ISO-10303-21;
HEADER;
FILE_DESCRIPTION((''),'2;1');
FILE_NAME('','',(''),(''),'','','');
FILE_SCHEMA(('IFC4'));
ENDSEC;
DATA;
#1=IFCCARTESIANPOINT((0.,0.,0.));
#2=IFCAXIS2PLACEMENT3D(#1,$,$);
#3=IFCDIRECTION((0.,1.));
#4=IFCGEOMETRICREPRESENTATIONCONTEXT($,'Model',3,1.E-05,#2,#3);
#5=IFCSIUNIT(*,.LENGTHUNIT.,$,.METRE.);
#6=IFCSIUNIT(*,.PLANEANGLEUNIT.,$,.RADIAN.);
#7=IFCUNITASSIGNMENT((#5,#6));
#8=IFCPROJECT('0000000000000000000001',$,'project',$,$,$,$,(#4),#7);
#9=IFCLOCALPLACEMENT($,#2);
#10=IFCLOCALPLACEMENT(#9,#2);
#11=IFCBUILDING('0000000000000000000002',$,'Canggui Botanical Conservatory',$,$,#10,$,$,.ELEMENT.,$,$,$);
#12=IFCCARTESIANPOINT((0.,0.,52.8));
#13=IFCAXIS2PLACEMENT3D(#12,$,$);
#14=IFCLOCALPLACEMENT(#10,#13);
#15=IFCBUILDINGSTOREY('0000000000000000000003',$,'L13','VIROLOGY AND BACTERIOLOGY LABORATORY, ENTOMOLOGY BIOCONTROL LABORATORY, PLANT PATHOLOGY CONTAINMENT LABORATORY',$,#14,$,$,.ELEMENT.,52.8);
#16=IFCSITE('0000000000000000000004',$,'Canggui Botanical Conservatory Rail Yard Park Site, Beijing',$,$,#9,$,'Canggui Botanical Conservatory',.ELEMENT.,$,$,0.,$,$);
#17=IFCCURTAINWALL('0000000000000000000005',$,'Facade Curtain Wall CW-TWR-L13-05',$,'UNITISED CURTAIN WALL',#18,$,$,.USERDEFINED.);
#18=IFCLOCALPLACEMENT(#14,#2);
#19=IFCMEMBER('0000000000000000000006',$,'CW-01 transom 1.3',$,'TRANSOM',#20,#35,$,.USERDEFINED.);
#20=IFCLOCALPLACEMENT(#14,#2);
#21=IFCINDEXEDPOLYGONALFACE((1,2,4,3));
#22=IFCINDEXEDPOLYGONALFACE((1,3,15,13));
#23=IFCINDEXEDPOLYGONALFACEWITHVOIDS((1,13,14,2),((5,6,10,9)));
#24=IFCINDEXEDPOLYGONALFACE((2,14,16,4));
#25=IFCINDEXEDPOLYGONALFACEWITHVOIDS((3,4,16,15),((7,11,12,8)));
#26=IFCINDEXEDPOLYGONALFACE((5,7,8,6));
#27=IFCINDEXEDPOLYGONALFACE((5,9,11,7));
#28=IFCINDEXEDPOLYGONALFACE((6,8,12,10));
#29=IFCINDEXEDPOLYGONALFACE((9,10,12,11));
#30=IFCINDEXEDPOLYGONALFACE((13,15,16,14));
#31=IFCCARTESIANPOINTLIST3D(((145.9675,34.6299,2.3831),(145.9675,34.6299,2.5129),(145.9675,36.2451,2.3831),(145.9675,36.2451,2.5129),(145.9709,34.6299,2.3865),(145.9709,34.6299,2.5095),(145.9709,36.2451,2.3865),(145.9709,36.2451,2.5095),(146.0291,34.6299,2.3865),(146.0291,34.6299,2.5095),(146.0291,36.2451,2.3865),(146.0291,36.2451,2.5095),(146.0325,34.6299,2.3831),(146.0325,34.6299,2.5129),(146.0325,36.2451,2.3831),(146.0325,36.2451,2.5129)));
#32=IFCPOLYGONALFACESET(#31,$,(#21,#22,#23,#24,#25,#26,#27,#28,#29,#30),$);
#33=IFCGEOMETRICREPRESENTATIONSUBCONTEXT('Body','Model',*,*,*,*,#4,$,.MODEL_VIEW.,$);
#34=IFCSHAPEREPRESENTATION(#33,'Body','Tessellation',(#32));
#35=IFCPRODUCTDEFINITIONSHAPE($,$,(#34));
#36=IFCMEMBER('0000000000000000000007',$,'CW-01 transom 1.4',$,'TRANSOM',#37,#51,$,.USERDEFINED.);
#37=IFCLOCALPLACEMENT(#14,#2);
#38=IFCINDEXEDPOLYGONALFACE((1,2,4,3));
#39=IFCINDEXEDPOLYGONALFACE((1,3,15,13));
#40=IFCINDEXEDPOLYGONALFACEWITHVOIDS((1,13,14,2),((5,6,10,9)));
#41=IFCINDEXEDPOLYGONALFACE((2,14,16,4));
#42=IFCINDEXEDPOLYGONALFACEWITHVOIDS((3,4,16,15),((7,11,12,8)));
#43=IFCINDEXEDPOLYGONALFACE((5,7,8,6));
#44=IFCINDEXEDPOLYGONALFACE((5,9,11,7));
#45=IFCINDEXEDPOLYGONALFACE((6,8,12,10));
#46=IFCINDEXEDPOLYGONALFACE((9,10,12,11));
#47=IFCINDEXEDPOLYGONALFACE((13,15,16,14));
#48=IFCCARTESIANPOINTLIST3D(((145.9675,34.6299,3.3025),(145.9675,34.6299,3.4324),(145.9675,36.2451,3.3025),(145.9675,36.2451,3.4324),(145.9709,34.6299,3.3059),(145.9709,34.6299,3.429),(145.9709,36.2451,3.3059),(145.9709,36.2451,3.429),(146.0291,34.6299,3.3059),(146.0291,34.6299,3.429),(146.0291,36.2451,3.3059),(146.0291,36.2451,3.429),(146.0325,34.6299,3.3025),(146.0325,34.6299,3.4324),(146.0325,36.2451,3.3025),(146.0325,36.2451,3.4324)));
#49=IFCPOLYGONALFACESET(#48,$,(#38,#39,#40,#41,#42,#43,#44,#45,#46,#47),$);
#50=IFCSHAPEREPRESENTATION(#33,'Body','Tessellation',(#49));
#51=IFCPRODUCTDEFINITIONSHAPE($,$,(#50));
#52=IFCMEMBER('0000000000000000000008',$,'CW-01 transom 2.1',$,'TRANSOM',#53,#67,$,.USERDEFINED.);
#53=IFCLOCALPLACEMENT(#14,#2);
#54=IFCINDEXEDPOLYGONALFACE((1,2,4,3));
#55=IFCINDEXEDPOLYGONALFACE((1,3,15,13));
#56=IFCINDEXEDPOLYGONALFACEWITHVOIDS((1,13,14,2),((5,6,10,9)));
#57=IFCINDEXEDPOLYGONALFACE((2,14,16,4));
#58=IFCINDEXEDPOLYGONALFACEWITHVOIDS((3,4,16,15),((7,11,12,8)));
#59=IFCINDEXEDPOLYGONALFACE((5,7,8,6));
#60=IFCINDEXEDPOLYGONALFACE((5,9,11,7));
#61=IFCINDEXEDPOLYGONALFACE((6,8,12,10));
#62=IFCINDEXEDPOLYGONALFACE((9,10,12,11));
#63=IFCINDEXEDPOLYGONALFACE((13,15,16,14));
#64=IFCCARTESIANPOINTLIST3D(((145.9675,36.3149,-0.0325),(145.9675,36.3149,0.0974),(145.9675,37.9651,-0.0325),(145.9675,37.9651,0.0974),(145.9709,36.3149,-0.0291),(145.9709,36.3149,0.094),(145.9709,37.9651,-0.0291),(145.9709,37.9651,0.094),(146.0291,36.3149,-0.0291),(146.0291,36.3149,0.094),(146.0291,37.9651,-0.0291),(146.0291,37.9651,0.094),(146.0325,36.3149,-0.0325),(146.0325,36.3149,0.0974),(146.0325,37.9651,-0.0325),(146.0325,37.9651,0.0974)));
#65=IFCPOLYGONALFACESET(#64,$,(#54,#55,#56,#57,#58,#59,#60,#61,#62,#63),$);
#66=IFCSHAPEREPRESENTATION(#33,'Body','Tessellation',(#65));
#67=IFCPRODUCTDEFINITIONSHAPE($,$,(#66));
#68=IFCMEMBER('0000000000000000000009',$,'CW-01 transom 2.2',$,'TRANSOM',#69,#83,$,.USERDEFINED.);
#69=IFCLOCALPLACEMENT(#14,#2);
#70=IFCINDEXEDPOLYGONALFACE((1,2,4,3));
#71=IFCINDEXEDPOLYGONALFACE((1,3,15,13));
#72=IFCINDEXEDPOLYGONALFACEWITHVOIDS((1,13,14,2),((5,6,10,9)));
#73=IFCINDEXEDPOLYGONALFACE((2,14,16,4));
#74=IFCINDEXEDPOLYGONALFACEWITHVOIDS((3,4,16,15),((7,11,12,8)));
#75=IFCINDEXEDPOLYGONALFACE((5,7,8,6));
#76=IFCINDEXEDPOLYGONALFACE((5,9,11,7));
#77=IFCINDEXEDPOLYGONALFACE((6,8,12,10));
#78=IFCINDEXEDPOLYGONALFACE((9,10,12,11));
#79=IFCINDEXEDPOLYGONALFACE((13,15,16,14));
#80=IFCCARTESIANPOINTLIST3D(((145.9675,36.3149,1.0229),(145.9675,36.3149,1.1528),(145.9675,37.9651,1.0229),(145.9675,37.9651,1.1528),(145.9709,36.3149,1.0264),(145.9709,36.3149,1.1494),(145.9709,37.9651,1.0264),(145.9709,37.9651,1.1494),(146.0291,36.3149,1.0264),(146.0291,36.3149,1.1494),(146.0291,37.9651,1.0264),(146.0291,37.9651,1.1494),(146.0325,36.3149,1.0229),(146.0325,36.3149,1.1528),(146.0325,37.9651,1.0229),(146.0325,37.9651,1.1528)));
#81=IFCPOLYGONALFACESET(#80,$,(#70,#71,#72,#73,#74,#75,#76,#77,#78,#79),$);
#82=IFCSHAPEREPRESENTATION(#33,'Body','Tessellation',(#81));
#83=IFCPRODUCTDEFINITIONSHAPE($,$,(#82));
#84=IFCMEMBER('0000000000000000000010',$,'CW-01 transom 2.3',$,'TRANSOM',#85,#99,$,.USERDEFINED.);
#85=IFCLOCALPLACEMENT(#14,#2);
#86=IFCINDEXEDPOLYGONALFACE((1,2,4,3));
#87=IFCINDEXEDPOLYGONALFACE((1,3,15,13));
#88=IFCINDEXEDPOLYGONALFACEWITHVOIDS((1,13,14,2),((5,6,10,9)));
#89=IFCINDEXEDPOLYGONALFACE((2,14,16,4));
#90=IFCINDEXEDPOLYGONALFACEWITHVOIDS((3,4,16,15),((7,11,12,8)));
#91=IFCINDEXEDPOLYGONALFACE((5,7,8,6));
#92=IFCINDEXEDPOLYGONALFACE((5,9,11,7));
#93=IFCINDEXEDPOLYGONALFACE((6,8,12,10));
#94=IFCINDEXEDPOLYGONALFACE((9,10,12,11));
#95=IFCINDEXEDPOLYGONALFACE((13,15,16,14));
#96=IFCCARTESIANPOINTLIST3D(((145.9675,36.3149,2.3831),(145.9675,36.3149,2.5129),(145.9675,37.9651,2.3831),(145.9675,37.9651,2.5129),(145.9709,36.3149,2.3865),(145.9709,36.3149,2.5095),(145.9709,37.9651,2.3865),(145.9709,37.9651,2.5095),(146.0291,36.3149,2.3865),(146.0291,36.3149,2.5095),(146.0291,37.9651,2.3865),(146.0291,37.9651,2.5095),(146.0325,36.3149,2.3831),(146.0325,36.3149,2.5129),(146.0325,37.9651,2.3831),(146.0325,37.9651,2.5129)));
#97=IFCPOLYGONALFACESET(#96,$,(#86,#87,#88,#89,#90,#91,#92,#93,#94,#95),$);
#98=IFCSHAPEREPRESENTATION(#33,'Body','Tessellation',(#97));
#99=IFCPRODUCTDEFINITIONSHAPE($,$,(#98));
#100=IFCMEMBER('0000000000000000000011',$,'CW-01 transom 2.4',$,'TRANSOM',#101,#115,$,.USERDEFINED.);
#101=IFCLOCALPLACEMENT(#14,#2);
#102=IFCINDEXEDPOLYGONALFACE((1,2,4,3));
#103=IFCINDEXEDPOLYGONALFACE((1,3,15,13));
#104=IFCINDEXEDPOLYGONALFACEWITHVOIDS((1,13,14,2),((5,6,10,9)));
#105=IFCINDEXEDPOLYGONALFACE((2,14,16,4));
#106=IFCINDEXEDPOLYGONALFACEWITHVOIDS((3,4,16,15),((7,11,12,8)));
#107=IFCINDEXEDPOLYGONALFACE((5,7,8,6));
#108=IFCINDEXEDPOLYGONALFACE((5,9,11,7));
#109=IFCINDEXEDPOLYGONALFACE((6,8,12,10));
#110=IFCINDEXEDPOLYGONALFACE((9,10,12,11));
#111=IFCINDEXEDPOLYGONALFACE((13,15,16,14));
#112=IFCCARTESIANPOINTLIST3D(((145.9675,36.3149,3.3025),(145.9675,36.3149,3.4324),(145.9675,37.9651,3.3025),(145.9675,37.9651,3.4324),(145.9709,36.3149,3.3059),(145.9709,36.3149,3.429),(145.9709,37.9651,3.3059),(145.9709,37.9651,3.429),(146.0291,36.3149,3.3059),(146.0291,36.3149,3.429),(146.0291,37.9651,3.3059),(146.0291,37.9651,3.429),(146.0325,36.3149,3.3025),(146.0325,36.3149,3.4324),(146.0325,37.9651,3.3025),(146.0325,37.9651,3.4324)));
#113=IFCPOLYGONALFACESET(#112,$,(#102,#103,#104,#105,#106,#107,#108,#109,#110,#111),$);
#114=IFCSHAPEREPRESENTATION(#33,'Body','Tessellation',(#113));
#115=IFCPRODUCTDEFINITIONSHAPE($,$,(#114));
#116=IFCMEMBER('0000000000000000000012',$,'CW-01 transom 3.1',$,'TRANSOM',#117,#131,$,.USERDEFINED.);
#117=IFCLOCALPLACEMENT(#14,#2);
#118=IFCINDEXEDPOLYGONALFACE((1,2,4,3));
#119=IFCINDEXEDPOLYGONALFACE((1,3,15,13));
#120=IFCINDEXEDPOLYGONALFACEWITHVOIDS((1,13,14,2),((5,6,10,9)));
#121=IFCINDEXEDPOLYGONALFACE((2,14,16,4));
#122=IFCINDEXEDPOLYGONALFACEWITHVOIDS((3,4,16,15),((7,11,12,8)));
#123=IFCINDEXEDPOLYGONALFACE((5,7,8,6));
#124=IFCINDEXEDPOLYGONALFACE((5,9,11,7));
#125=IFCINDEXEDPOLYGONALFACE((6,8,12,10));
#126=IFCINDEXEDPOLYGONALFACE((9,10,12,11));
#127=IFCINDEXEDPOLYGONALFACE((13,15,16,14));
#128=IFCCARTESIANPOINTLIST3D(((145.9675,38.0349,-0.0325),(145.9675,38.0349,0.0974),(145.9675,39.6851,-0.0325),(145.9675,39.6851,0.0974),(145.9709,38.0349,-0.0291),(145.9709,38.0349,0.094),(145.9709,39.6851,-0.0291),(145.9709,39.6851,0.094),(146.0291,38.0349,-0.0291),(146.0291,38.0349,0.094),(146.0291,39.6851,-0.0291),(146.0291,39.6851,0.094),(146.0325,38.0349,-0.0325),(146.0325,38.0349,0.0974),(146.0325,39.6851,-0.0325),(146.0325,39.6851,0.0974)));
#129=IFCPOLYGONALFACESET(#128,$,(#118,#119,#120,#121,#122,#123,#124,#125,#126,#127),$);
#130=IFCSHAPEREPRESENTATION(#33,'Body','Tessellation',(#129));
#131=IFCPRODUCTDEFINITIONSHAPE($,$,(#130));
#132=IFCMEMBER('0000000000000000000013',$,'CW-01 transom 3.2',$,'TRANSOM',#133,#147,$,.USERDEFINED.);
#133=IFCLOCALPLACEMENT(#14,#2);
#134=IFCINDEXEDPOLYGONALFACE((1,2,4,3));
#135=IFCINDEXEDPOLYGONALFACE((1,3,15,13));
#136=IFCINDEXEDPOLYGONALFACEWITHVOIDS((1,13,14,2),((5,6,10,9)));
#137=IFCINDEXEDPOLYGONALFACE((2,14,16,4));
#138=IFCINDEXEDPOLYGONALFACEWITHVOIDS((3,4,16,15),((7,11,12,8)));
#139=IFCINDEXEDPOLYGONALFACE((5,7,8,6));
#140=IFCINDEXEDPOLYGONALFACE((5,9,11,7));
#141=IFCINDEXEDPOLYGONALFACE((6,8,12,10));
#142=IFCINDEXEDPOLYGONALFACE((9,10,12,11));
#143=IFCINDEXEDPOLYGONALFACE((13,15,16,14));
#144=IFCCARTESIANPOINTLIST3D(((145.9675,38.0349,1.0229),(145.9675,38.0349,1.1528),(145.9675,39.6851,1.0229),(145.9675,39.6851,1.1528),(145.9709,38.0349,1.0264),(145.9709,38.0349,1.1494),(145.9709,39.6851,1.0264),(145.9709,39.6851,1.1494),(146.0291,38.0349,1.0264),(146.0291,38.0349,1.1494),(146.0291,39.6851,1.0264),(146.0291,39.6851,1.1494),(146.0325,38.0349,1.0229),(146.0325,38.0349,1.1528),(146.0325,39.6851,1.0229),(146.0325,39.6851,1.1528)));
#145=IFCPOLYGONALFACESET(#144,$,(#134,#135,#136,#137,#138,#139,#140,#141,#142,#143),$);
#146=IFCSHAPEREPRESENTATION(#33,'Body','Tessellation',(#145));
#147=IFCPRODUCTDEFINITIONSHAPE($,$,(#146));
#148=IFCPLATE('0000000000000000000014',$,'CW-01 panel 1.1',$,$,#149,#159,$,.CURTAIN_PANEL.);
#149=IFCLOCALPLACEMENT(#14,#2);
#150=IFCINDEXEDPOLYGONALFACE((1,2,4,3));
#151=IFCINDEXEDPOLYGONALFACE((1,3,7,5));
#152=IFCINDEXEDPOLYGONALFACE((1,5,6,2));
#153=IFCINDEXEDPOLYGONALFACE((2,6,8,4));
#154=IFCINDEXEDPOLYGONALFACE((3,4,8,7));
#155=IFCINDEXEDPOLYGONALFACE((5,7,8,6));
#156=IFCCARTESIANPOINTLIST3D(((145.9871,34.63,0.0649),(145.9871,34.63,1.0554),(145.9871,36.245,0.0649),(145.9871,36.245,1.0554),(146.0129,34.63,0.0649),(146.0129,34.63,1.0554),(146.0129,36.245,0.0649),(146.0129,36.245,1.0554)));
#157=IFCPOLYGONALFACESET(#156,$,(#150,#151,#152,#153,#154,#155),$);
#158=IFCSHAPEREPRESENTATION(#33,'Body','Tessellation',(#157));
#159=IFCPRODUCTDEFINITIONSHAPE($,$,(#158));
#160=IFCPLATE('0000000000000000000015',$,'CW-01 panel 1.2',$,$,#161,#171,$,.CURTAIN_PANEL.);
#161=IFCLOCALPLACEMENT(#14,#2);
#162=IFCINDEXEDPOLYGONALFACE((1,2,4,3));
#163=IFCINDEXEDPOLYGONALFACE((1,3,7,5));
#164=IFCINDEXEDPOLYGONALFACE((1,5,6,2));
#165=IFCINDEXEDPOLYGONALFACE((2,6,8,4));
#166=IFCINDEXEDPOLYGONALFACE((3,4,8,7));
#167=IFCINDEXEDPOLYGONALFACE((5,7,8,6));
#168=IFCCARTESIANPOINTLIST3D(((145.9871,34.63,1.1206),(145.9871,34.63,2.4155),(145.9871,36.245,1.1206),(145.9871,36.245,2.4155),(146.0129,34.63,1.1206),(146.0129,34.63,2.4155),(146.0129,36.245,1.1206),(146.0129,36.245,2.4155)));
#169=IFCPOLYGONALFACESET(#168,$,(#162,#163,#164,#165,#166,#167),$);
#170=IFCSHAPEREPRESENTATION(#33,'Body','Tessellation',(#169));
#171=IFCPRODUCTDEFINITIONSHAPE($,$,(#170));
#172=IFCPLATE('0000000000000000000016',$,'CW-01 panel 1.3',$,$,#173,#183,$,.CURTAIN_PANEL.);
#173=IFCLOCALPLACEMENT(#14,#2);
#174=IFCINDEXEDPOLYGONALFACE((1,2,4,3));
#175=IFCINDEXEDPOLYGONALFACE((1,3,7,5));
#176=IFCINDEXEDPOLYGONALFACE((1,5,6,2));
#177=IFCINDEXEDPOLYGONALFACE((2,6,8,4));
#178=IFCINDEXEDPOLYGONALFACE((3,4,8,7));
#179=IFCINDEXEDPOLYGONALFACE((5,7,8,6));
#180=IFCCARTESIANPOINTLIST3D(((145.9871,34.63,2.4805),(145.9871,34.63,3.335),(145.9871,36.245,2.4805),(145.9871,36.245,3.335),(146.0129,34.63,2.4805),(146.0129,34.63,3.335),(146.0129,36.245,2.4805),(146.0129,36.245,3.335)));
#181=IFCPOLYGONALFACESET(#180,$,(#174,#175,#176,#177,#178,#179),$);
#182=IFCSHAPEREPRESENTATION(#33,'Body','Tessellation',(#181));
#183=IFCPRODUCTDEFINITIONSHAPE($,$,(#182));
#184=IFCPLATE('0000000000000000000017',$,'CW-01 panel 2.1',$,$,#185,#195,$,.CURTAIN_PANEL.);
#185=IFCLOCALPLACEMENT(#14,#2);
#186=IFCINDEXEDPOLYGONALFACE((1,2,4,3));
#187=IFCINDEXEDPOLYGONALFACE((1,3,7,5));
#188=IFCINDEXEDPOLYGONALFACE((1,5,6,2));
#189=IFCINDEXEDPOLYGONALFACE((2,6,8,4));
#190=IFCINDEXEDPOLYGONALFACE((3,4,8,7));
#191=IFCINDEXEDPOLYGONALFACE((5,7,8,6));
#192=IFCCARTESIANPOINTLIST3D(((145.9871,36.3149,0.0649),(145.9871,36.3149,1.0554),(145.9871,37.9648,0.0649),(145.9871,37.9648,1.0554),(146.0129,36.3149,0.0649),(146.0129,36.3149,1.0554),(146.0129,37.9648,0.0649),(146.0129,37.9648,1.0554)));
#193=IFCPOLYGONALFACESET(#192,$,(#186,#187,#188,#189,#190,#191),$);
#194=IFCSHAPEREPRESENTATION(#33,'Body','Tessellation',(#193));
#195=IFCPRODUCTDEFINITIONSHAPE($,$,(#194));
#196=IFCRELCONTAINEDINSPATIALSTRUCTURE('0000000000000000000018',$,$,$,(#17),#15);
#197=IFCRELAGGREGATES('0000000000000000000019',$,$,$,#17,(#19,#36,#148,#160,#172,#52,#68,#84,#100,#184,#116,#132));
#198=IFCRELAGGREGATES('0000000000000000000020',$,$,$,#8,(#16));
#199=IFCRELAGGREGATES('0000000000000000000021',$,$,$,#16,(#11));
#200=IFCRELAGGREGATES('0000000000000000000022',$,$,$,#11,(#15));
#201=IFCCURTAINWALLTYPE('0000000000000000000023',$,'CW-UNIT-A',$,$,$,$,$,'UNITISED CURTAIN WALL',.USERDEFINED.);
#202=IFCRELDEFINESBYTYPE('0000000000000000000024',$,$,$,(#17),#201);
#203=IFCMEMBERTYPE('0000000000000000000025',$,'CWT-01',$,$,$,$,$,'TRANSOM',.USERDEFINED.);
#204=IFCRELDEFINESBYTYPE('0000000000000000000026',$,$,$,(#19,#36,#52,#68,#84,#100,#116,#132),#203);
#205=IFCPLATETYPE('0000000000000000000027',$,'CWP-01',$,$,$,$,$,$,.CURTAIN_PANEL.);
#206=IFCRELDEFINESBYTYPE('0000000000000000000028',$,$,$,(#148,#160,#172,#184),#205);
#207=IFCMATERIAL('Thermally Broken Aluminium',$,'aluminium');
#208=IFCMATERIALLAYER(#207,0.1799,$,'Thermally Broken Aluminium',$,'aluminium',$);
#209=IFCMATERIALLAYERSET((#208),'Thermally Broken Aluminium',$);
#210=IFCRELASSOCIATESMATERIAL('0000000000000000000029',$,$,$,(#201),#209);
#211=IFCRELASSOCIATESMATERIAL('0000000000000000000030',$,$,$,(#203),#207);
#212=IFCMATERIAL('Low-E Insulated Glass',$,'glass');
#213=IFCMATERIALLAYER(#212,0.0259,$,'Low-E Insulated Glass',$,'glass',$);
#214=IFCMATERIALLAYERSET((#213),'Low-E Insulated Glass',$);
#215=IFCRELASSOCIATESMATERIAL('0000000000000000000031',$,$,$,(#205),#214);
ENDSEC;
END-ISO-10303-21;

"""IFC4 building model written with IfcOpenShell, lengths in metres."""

from ifc_helpers import new_model, si_unit, direction, frame, origin, origin_2d, place, context, subcontext, project, spatial, rectangle, hollow_rectangle, extrude, material, layer, layer_set, material_profile, profile_set, type_object, element, aggregate, save


model = new_model("IFC4")

# Units and contexts
model_context = context("Model", 3, precision=1e-05, world=origin(), true_north=direction((0.0, 1.0)))
body_context = subcontext(model_context, "Body", "Model", "MODEL_VIEW")
ifc_project = project(units=[si_unit("LENGTHUNIT", "METRE"), si_unit("PLANEANGLEUNIT", "RADIAN")], contexts=[model_context])

# Site, building, storey
site_placement = place(None, origin())
site = spatial("IfcSite", under=ifc_project, at=site_placement, Name="Canggui Botanical Conservatory Rail Yard Park Site, Beijing", LongName="Canggui Botanical Conservatory", CompositionType="ELEMENT", RefElevation=0.0)
building_placement = place(site_placement, origin())
building = spatial("IfcBuilding", under=site, at=building_placement, Name="Canggui Botanical Conservatory", CompositionType="ELEMENT")
storey_placement = place(building_placement, frame((0.0, 0.0, 52.8)))
storey = spatial("IfcBuildingStorey", under=building, at=storey_placement, Name="L13", Description="VIROLOGY AND BACTERIOLOGY LABORATORY, ENTOMOLOGY BIOCONTROL LABORATORY, PLANT PATHOLOGY CONTAINMENT LABORATORY", CompositionType="ELEMENT", Elevation=52.8)

# Curtain wall, members, plates
ifc_material_1 = material(Name="Thermally Broken Aluminium", Category="aluminium")
ifc_layer_1 = layer(ifc_material_1, 0.1799, Name="Thermally Broken Aluminium", Category="aluminium")
ifc_layer_set_1 = layer_set([ifc_layer_1], Name="Thermally Broken Aluminium")
curtain_wall_type = type_object("IfcCurtainWallType", Name="CW-UNIT-A", ElementType="UNITISED CURTAIN WALL", PredefinedType="USERDEFINED", material=ifc_layer_set_1)
curtain_wall_placement = place(storey_placement, origin())
curtain_wall = element("IfcCurtainWall", 1, at=curtain_wall_placement, inside=storey, type_object=curtain_wall_type, Name="Facade Curtain Wall CW-TWR-L13-05", ObjectType="UNITISED CURTAIN WALL", PredefinedType="USERDEFINED")
ifc_material_profile_1 = material_profile(ifc_material_1, hollow_rectangle(XDim=0.0649, YDim=0.1299, WallThickness=0.0034, at=origin_2d()), Name="CWT 65x130x3.5")
ifc_profile_set_1 = profile_set([ifc_material_profile_1], Name="Thermally Broken Aluminium")
member_type_1 = type_object("IfcMemberType", Name="CWT-01", ElementType="TRANSOM", PredefinedType="USERDEFINED", material=ifc_profile_set_1)
member_1_placement = place(storey_placement, frame((146.0, 34.6299, 2.448), z_axis=(0.0, 1.0, 0.0), x_axis=(-1.0, 0.0, 0.0)))
member_1 = element("IfcMember", 2, at=member_1_placement, type_object=member_type_1, Name="CW-01 transom 1.3", ObjectType="TRANSOM", PredefinedType="USERDEFINED", context=body_context, shape_type="SweptSolid", body=[
    extrude(hollow_rectangle(XDim=0.0649, YDim=0.1299, WallThickness=0.0034, at=origin_2d()), origin(), (0.0, 0.0, 1.0), 1.6152),
])
member_2_placement = place(storey_placement, frame((146.0, 34.6299, 3.3674), z_axis=(0.0, 1.0, 0.0), x_axis=(-1.0, 0.0, 0.0)))
member_2 = element("IfcMember", 3, at=member_2_placement, type_object=member_type_1, Name="CW-01 transom 1.4", ObjectType="TRANSOM", PredefinedType="USERDEFINED", context=body_context, shape_type="SweptSolid", body=[
    extrude(hollow_rectangle(XDim=0.0649, YDim=0.1299, WallThickness=0.0034, at=origin_2d()), origin(), (0.0, 0.0, 1.0), 1.6152),
])
member_3_placement = place(storey_placement, frame((146.0, 36.3149, 0.0325), z_axis=(0.0, 1.0, 0.0), x_axis=(-1.0, 0.0, 0.0)))
member_3 = element("IfcMember", 4, at=member_3_placement, type_object=member_type_1, Name="CW-01 transom 2.1", ObjectType="TRANSOM", PredefinedType="USERDEFINED", context=body_context, shape_type="SweptSolid", body=[
    extrude(hollow_rectangle(XDim=0.0649, YDim=0.1299, WallThickness=0.0034, at=origin_2d()), origin(), (0.0, 0.0, 1.0), 1.6501),
])
member_4_placement = place(storey_placement, frame((146.0, 36.3149, 1.0879), z_axis=(0.0, 1.0, 0.0), x_axis=(-1.0, 0.0, 0.0)))
member_4 = element("IfcMember", 5, at=member_4_placement, type_object=member_type_1, Name="CW-01 transom 2.2", ObjectType="TRANSOM", PredefinedType="USERDEFINED", context=body_context, shape_type="SweptSolid", body=[
    extrude(hollow_rectangle(XDim=0.0649, YDim=0.1299, WallThickness=0.0034, at=origin_2d()), origin(), (0.0, 0.0, 1.0), 1.6501),
])
member_5_placement = place(storey_placement, frame((146.0, 36.3149, 2.448), z_axis=(0.0, 1.0, 0.0), x_axis=(-1.0, 0.0, 0.0)))
member_5 = element("IfcMember", 6, at=member_5_placement, type_object=member_type_1, Name="CW-01 transom 2.3", ObjectType="TRANSOM", PredefinedType="USERDEFINED", context=body_context, shape_type="SweptSolid", body=[
    extrude(hollow_rectangle(XDim=0.0649, YDim=0.1299, WallThickness=0.0034, at=origin_2d()), origin(), (0.0, 0.0, 1.0), 1.6501),
])
member_6_placement = place(storey_placement, frame((146.0, 36.3149, 3.3674), z_axis=(0.0, 1.0, 0.0), x_axis=(-1.0, 0.0, 0.0)))
member_6 = element("IfcMember", 7, at=member_6_placement, type_object=member_type_1, Name="CW-01 transom 2.4", ObjectType="TRANSOM", PredefinedType="USERDEFINED", context=body_context, shape_type="SweptSolid", body=[
    extrude(hollow_rectangle(XDim=0.0649, YDim=0.1299, WallThickness=0.0034, at=origin_2d()), origin(), (0.0, 0.0, 1.0), 1.6501),
])
member_7_placement = place(storey_placement, frame((146.0, 38.0349, 0.0325), z_axis=(0.0, 1.0, 0.0), x_axis=(-1.0, 0.0, 0.0)))
member_7 = element("IfcMember", 8, at=member_7_placement, type_object=member_type_1, Name="CW-01 transom 3.1", ObjectType="TRANSOM", PredefinedType="USERDEFINED", context=body_context, shape_type="SweptSolid", body=[
    extrude(hollow_rectangle(XDim=0.0649, YDim=0.1299, WallThickness=0.0034, at=origin_2d()), origin(), (0.0, 0.0, 1.0), 1.6501),
])
member_8_placement = place(storey_placement, frame((146.0, 38.0349, 1.0879), z_axis=(0.0, 1.0, 0.0), x_axis=(-1.0, 0.0, 0.0)))
member_8 = element("IfcMember", 9, at=member_8_placement, type_object=member_type_1, Name="CW-01 transom 3.2", ObjectType="TRANSOM", PredefinedType="USERDEFINED", context=body_context, shape_type="SweptSolid", body=[
    extrude(hollow_rectangle(XDim=0.0649, YDim=0.1299, WallThickness=0.0034, at=origin_2d()), origin(), (0.0, 0.0, 1.0), 1.6501),
])
ifc_material_2 = material(Name="Low-E Insulated Glass", Category="glass")
ifc_layer_2 = layer(ifc_material_2, 0.0259, Name="Low-E Insulated Glass", Category="glass")
ifc_layer_set_2 = layer_set([ifc_layer_2], Name="Low-E Insulated Glass")
plate_type = type_object("IfcPlateType", Name="CWP-01", PredefinedType="CURTAIN_PANEL", material=ifc_layer_set_2)
plate_1_placement = place(storey_placement, frame((146.0, 35.4375, 0.0649), z_axis=(0.0, 0.0, 1.0), x_axis=(0.0, 1.0, 0.0)))
plate_1 = element("IfcPlate", 10, at=plate_1_placement, type_object=plate_type, Name="CW-01 panel 1.1", PredefinedType="CURTAIN_PANEL", context=body_context, shape_type="SweptSolid", body=[
    extrude(rectangle(XDim=1.615, YDim=0.0259, at=origin_2d()), origin(), (0.0, 0.0, 1.0), 0.9905),
])
plate_2_placement = place(storey_placement, frame((146.0, 35.4375, 1.1206), z_axis=(0.0, 0.0, 1.0), x_axis=(0.0, 1.0, 0.0)))
plate_2 = element("IfcPlate", 11, at=plate_2_placement, type_object=plate_type, Name="CW-01 panel 1.2", PredefinedType="CURTAIN_PANEL", context=body_context, shape_type="SweptSolid", body=[
    extrude(rectangle(XDim=1.615, YDim=0.0259, at=origin_2d()), origin(), (0.0, 0.0, 1.0), 1.2949),
])
plate_3_placement = place(storey_placement, frame((146.0, 35.4375, 2.4805), z_axis=(0.0, 0.0, 1.0), x_axis=(0.0, 1.0, 0.0)))
plate_3 = element("IfcPlate", 12, at=plate_3_placement, type_object=plate_type, Name="CW-01 panel 1.3", PredefinedType="CURTAIN_PANEL", context=body_context, shape_type="SweptSolid", body=[
    extrude(rectangle(XDim=1.615, YDim=0.0259, at=origin_2d()), origin(), (0.0, 0.0, 1.0), 0.8545),
])
plate_4_placement = place(storey_placement, frame((146.0, 37.1399, 0.0649), z_axis=(0.0, 0.0, 1.0), x_axis=(0.0, 1.0, 0.0)))
plate_4 = element("IfcPlate", 13, at=plate_4_placement, type_object=plate_type, Name="CW-01 panel 2.1", PredefinedType="CURTAIN_PANEL", context=body_context, shape_type="SweptSolid", body=[
    extrude(rectangle(XDim=1.6499, YDim=0.0259, at=origin_2d()), origin(), (0.0, 0.0, 1.0), 0.9905),
])
aggregate(curtain_wall, [member_1, member_2, plate_1, plate_2, plate_3, member_3, member_4, member_5, member_6, plate_4, member_7, member_8])

save(model, "model.ifc")
